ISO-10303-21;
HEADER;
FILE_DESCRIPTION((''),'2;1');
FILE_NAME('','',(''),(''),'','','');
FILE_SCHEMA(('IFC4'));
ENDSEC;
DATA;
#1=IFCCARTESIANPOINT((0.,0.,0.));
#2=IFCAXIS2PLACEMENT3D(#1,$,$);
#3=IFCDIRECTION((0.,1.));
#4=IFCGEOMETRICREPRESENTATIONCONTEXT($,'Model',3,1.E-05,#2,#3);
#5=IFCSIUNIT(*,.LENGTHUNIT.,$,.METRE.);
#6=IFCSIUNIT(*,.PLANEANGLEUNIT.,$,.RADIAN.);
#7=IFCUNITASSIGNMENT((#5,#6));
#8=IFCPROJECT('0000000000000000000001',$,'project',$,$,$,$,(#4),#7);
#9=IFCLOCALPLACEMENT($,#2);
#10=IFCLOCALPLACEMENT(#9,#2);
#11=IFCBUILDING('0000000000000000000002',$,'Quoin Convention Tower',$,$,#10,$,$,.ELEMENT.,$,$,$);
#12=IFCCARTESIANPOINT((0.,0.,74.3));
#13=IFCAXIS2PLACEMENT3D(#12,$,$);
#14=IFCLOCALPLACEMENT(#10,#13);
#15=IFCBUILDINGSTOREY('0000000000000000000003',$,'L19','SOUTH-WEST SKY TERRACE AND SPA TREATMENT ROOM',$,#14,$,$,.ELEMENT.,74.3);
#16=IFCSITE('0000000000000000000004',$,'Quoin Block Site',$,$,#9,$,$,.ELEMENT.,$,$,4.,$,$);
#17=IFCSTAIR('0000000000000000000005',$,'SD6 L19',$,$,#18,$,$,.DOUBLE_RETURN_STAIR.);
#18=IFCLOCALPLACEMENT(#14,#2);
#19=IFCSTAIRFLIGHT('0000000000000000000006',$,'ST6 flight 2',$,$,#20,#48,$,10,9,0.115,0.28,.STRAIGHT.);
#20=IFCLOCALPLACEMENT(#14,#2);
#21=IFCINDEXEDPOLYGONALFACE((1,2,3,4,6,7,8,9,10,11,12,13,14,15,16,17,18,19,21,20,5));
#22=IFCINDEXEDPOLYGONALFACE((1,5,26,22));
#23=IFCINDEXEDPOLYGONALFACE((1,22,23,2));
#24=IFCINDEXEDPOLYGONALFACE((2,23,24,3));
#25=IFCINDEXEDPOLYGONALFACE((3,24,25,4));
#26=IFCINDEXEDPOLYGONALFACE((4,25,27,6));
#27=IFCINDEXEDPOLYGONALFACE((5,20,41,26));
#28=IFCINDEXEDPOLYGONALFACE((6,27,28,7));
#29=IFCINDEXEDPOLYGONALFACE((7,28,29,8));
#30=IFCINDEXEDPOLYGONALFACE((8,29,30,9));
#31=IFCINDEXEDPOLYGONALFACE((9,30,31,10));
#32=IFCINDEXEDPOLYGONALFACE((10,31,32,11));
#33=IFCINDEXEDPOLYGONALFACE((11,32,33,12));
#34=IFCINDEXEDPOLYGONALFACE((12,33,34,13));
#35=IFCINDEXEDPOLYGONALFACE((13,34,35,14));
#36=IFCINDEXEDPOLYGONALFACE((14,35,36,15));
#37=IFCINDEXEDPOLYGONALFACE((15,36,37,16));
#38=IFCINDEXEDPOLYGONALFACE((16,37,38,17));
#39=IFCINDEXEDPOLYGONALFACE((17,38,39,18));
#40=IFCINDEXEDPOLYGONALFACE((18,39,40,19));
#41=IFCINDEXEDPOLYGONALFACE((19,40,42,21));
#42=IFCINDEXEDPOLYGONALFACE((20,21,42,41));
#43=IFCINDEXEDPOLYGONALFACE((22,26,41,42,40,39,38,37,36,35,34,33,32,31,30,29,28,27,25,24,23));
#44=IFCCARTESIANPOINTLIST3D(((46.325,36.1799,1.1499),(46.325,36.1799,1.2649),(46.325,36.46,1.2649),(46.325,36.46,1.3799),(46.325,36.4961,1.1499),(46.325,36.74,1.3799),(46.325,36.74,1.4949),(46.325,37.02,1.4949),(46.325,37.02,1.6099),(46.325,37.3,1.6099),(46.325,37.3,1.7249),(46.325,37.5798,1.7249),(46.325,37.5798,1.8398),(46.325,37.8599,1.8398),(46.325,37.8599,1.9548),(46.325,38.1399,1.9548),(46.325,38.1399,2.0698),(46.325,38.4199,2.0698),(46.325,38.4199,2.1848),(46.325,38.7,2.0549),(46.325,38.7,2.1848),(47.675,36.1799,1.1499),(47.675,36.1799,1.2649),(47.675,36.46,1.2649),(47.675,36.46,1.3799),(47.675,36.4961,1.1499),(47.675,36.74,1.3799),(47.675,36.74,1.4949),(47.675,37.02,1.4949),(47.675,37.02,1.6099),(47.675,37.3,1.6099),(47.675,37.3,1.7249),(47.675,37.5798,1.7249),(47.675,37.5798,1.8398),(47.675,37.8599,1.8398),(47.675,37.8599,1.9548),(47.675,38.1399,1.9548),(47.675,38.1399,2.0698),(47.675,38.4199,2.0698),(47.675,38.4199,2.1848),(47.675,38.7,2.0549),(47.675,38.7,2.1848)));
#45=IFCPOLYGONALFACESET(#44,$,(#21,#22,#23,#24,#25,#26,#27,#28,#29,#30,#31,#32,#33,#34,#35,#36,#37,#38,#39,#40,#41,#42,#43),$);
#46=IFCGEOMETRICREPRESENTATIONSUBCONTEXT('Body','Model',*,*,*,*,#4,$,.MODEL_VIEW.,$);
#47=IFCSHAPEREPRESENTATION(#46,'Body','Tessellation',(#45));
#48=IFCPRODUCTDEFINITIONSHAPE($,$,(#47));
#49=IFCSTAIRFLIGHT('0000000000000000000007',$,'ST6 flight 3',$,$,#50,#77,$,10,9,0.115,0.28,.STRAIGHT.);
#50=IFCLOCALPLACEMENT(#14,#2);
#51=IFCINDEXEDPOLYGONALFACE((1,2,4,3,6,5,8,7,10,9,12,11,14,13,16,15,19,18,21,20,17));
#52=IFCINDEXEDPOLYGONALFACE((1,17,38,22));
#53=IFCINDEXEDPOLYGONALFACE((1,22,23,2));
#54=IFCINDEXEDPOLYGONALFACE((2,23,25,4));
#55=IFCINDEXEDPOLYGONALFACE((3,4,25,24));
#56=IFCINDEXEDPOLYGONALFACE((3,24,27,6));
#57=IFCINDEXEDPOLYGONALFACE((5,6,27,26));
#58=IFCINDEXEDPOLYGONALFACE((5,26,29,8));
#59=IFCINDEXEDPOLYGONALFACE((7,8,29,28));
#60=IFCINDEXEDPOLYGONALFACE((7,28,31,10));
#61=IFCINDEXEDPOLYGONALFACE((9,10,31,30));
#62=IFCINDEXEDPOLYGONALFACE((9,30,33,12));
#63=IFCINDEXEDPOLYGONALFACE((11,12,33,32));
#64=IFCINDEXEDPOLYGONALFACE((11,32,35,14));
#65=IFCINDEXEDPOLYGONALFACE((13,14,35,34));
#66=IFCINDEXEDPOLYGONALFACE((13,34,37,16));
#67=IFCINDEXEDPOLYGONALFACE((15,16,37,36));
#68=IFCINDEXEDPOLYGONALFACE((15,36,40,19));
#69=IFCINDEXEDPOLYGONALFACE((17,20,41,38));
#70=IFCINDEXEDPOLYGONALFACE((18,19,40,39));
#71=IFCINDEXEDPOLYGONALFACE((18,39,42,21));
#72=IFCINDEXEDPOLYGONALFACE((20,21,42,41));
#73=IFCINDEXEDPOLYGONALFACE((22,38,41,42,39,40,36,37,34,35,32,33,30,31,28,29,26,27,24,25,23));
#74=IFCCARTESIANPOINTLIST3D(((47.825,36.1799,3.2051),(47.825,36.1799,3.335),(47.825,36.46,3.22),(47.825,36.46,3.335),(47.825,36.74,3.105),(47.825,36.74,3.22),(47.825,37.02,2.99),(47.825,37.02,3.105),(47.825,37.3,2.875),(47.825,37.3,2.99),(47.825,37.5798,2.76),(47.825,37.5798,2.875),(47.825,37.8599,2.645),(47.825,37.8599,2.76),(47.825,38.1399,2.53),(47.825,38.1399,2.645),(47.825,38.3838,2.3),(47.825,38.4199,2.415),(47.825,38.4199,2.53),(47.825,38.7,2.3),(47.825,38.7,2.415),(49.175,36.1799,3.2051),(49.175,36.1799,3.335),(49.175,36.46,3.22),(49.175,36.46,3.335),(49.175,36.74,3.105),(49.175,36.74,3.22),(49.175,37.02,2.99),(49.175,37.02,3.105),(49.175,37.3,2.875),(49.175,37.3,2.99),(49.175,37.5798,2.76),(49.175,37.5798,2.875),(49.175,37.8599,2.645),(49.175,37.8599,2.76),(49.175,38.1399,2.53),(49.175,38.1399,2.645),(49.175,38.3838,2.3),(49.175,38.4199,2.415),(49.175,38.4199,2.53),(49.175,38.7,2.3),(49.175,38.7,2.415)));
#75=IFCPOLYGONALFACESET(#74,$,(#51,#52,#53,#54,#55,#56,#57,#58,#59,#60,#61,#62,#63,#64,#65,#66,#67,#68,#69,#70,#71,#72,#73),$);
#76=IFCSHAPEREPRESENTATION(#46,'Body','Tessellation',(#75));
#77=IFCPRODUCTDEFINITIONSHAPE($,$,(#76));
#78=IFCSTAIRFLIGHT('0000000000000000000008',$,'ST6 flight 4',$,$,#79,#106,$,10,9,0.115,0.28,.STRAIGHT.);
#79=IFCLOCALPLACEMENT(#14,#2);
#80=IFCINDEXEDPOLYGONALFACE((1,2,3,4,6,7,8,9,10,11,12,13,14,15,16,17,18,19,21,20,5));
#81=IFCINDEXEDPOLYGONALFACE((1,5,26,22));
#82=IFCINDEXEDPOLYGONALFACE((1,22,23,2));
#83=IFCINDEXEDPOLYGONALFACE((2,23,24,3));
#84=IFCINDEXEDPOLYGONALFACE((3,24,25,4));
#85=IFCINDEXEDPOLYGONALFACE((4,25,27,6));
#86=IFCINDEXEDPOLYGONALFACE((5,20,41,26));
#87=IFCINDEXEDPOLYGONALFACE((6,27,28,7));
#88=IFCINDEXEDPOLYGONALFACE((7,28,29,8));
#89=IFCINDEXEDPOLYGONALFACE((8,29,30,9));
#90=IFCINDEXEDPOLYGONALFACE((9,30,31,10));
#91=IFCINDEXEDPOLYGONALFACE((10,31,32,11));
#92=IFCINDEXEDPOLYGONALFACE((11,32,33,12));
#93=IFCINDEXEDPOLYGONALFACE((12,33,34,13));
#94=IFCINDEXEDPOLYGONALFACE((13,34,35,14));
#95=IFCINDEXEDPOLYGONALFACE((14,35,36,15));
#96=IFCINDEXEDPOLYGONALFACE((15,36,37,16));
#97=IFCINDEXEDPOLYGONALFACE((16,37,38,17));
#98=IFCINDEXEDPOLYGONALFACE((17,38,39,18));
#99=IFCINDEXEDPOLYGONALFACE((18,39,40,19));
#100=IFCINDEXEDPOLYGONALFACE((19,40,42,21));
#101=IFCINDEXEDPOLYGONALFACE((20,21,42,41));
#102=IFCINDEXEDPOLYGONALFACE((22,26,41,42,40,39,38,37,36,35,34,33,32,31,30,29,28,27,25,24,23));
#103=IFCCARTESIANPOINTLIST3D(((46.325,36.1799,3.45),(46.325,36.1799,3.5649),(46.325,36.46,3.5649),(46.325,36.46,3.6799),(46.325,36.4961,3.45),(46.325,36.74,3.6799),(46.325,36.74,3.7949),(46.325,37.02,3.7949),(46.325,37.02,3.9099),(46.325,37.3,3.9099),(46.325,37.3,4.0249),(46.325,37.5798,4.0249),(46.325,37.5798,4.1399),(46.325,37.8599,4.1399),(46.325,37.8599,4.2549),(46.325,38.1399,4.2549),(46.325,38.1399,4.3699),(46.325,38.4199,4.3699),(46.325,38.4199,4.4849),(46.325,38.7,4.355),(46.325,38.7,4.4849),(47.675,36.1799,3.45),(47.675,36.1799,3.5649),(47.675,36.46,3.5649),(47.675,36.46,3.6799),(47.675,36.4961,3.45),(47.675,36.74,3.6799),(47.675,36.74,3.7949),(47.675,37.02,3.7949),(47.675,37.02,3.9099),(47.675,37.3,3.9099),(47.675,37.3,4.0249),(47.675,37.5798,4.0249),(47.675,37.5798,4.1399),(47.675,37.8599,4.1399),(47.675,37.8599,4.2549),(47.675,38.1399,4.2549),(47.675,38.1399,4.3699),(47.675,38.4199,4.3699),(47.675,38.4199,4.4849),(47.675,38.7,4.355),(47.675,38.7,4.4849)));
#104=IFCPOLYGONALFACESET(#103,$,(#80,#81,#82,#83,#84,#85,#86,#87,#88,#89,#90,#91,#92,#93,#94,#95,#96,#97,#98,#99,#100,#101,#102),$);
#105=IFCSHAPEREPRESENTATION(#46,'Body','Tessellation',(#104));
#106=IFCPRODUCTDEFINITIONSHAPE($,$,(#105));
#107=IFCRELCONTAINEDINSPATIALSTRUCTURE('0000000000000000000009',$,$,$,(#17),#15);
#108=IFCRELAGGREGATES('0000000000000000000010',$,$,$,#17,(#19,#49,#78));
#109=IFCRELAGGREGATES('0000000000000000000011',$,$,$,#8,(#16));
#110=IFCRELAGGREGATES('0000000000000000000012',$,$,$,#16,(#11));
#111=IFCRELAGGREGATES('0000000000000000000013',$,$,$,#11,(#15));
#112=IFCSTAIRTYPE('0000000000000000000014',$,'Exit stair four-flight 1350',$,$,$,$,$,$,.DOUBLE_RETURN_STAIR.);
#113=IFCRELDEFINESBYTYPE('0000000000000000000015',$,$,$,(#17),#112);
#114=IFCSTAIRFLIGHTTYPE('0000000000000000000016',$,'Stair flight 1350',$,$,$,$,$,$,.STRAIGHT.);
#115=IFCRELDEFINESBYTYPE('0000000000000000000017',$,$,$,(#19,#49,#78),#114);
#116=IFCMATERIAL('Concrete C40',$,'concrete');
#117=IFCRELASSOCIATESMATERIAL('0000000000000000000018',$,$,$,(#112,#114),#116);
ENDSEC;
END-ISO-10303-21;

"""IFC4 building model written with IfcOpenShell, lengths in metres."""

from ifc_helpers import new_model, si_unit, direction, frame, origin, place, context, subcontext, project, spatial, polyline, outline, extrude, material, type_object, element, aggregate, save


model = new_model("IFC4")

# Units and contexts
model_context = context("Model", 3, precision=1e-05, world=origin(), true_north=direction((0.0, 1.0)))
body_context = subcontext(model_context, "Body", "Model", "MODEL_VIEW")
ifc_project = project(units=[si_unit("LENGTHUNIT", "METRE"), si_unit("PLANEANGLEUNIT", "RADIAN")], contexts=[model_context])

# Site, building, storey
site_placement = place(None, origin())
site = spatial("IfcSite", under=ifc_project, at=site_placement, Name="Quoin Block Site", CompositionType="ELEMENT", RefElevation=4.0)
building_placement = place(site_placement, origin())
building = spatial("IfcBuilding", under=site, at=building_placement, Name="Quoin Convention Tower", CompositionType="ELEMENT")
storey_placement = place(building_placement, frame((0.0, 0.0, 74.3)))
storey = spatial("IfcBuildingStorey", under=building, at=storey_placement, Name="L19", Description="SOUTH-WEST SKY TERRACE AND SPA TREATMENT ROOM", CompositionType="ELEMENT", Elevation=74.3)

# Stair, stair flights
ifc_material_1 = material(Name="Concrete C40", Category="concrete")
stair_type = type_object("IfcStairType", Name="Exit stair four-flight 1350", PredefinedType="DOUBLE_RETURN_STAIR", material=ifc_material_1)
stair_flight_type = type_object("IfcStairFlightType", Name="Stair flight 1350", PredefinedType="STRAIGHT", material=ifc_material_1)
stair_1_placement = place(storey_placement, origin())
stair_1 = element("IfcStair", 1, at=stair_1_placement, inside=storey, type_object=stair_type, Name="SD6 L19", PredefinedType="DOUBLE_RETURN_STAIR")
stair_flight_1_placement = place(storey_placement, frame((47.0, 36.1799, 1.1499), z_axis=(0.0, 0.0, 1.0), x_axis=(0.0, 1.0, 0.0)))
stair_flight_1 = element("IfcStairFlight", 2, at=stair_flight_1_placement, type_object=stair_flight_type, Name="ST6 flight 2", NumberOfRisers=10, NumberOfTreads=9, PredefinedType="STRAIGHT", RiserHeight=0.115, TreadLength=0.28, context=body_context, shape_type="SweptSolid", body=[
    extrude(outline(polyline([(0.0, 0.0), (0.0, 0.115), (0.28, 0.115), (0.28, 0.23), (0.5601, 0.23), (0.5601, 0.345), (0.8401, 0.345), (0.8401, 0.46), (1.1201, 0.46), (1.1201, 0.575), (1.3999, 0.575), (1.3999, 0.6899), (1.6799, 0.6899), (1.6799, 0.8049), (1.96, 0.8049), (1.96, 0.9199), (2.24, 0.9199), (2.24, 1.0349), (2.52, 1.0349), (2.52, 1.1499), (2.52, 0.905), (0.3162, 0.0), (0.0, 0.0)])), frame((0.0, 0.675, 0.0), z_axis=(0.0, -1.0, 0.0), x_axis=(1.0, 0.0, 0.0)), (0.0, 0.0, 1.0), 1.3501),
])
stair_flight_2_placement = place(storey_placement, frame((48.5, 38.7, 2.3), z_axis=(0.0, 0.0, 1.0), x_axis=(0.0, -1.0, 0.0)))
stair_flight_2 = element("IfcStairFlight", 3, at=stair_flight_2_placement, type_object=stair_flight_type, Name="ST6 flight 3", NumberOfRisers=10, NumberOfTreads=9, PredefinedType="STRAIGHT", RiserHeight=0.115, TreadLength=0.28, context=body_context, shape_type="SweptSolid", body=[
    extrude(outline(polyline([(0.0, 0.0), (0.0, 0.115), (0.28, 0.115), (0.28, 0.23), (0.5601, 0.23), (0.5601, 0.345), (0.8401, 0.345), (0.8401, 0.46), (1.1201, 0.46), (1.1201, 0.575), (1.3999, 0.575), (1.3999, 0.6899), (1.6799, 0.6899), (1.6799, 0.8049), (1.96, 0.8049), (1.96, 0.9199), (2.24, 0.9199), (2.24, 1.0349), (2.52, 1.0349), (2.52, 1.1499), (2.52, 0.905), (0.3162, 0.0), (0.0, 0.0)])), frame((0.0, 0.675, 0.0), z_axis=(0.0, -1.0, 0.0), x_axis=(1.0, 0.0, 0.0)), (0.0, 0.0, 1.0), 1.3501),
])
stair_flight_3_placement = place(storey_placement, frame((47.0, 36.1799, 3.45), z_axis=(0.0, 0.0, 1.0), x_axis=(0.0, 1.0, 0.0)))
stair_flight_3 = element("IfcStairFlight", 4, at=stair_flight_3_placement, type_object=stair_flight_type, Name="ST6 flight 4", NumberOfRisers=10, NumberOfTreads=9, PredefinedType="STRAIGHT", RiserHeight=0.115, TreadLength=0.28, context=body_context, shape_type="SweptSolid", body=[
    extrude(outline(polyline([(0.0, 0.0), (0.0, 0.115), (0.28, 0.115), (0.28, 0.23), (0.5601, 0.23), (0.5601, 0.345), (0.8401, 0.345), (0.8401, 0.46), (1.1201, 0.46), (1.1201, 0.575), (1.3999, 0.575), (1.3999, 0.6899), (1.6799, 0.6899), (1.6799, 0.8049), (1.96, 0.8049), (1.96, 0.9199), (2.24, 0.9199), (2.24, 1.0349), (2.52, 1.0349), (2.52, 1.1499), (2.52, 0.905), (0.3162, 0.0), (0.0, 0.0)])), frame((0.0, 0.675, 0.0), z_axis=(0.0, -1.0, 0.0), x_axis=(1.0, 0.0, 0.0)), (0.0, 0.0, 1.0), 1.3501),
])
aggregate(stair_1, [stair_flight_1, stair_flight_2, stair_flight_3])

save(model, "model.ifc")
